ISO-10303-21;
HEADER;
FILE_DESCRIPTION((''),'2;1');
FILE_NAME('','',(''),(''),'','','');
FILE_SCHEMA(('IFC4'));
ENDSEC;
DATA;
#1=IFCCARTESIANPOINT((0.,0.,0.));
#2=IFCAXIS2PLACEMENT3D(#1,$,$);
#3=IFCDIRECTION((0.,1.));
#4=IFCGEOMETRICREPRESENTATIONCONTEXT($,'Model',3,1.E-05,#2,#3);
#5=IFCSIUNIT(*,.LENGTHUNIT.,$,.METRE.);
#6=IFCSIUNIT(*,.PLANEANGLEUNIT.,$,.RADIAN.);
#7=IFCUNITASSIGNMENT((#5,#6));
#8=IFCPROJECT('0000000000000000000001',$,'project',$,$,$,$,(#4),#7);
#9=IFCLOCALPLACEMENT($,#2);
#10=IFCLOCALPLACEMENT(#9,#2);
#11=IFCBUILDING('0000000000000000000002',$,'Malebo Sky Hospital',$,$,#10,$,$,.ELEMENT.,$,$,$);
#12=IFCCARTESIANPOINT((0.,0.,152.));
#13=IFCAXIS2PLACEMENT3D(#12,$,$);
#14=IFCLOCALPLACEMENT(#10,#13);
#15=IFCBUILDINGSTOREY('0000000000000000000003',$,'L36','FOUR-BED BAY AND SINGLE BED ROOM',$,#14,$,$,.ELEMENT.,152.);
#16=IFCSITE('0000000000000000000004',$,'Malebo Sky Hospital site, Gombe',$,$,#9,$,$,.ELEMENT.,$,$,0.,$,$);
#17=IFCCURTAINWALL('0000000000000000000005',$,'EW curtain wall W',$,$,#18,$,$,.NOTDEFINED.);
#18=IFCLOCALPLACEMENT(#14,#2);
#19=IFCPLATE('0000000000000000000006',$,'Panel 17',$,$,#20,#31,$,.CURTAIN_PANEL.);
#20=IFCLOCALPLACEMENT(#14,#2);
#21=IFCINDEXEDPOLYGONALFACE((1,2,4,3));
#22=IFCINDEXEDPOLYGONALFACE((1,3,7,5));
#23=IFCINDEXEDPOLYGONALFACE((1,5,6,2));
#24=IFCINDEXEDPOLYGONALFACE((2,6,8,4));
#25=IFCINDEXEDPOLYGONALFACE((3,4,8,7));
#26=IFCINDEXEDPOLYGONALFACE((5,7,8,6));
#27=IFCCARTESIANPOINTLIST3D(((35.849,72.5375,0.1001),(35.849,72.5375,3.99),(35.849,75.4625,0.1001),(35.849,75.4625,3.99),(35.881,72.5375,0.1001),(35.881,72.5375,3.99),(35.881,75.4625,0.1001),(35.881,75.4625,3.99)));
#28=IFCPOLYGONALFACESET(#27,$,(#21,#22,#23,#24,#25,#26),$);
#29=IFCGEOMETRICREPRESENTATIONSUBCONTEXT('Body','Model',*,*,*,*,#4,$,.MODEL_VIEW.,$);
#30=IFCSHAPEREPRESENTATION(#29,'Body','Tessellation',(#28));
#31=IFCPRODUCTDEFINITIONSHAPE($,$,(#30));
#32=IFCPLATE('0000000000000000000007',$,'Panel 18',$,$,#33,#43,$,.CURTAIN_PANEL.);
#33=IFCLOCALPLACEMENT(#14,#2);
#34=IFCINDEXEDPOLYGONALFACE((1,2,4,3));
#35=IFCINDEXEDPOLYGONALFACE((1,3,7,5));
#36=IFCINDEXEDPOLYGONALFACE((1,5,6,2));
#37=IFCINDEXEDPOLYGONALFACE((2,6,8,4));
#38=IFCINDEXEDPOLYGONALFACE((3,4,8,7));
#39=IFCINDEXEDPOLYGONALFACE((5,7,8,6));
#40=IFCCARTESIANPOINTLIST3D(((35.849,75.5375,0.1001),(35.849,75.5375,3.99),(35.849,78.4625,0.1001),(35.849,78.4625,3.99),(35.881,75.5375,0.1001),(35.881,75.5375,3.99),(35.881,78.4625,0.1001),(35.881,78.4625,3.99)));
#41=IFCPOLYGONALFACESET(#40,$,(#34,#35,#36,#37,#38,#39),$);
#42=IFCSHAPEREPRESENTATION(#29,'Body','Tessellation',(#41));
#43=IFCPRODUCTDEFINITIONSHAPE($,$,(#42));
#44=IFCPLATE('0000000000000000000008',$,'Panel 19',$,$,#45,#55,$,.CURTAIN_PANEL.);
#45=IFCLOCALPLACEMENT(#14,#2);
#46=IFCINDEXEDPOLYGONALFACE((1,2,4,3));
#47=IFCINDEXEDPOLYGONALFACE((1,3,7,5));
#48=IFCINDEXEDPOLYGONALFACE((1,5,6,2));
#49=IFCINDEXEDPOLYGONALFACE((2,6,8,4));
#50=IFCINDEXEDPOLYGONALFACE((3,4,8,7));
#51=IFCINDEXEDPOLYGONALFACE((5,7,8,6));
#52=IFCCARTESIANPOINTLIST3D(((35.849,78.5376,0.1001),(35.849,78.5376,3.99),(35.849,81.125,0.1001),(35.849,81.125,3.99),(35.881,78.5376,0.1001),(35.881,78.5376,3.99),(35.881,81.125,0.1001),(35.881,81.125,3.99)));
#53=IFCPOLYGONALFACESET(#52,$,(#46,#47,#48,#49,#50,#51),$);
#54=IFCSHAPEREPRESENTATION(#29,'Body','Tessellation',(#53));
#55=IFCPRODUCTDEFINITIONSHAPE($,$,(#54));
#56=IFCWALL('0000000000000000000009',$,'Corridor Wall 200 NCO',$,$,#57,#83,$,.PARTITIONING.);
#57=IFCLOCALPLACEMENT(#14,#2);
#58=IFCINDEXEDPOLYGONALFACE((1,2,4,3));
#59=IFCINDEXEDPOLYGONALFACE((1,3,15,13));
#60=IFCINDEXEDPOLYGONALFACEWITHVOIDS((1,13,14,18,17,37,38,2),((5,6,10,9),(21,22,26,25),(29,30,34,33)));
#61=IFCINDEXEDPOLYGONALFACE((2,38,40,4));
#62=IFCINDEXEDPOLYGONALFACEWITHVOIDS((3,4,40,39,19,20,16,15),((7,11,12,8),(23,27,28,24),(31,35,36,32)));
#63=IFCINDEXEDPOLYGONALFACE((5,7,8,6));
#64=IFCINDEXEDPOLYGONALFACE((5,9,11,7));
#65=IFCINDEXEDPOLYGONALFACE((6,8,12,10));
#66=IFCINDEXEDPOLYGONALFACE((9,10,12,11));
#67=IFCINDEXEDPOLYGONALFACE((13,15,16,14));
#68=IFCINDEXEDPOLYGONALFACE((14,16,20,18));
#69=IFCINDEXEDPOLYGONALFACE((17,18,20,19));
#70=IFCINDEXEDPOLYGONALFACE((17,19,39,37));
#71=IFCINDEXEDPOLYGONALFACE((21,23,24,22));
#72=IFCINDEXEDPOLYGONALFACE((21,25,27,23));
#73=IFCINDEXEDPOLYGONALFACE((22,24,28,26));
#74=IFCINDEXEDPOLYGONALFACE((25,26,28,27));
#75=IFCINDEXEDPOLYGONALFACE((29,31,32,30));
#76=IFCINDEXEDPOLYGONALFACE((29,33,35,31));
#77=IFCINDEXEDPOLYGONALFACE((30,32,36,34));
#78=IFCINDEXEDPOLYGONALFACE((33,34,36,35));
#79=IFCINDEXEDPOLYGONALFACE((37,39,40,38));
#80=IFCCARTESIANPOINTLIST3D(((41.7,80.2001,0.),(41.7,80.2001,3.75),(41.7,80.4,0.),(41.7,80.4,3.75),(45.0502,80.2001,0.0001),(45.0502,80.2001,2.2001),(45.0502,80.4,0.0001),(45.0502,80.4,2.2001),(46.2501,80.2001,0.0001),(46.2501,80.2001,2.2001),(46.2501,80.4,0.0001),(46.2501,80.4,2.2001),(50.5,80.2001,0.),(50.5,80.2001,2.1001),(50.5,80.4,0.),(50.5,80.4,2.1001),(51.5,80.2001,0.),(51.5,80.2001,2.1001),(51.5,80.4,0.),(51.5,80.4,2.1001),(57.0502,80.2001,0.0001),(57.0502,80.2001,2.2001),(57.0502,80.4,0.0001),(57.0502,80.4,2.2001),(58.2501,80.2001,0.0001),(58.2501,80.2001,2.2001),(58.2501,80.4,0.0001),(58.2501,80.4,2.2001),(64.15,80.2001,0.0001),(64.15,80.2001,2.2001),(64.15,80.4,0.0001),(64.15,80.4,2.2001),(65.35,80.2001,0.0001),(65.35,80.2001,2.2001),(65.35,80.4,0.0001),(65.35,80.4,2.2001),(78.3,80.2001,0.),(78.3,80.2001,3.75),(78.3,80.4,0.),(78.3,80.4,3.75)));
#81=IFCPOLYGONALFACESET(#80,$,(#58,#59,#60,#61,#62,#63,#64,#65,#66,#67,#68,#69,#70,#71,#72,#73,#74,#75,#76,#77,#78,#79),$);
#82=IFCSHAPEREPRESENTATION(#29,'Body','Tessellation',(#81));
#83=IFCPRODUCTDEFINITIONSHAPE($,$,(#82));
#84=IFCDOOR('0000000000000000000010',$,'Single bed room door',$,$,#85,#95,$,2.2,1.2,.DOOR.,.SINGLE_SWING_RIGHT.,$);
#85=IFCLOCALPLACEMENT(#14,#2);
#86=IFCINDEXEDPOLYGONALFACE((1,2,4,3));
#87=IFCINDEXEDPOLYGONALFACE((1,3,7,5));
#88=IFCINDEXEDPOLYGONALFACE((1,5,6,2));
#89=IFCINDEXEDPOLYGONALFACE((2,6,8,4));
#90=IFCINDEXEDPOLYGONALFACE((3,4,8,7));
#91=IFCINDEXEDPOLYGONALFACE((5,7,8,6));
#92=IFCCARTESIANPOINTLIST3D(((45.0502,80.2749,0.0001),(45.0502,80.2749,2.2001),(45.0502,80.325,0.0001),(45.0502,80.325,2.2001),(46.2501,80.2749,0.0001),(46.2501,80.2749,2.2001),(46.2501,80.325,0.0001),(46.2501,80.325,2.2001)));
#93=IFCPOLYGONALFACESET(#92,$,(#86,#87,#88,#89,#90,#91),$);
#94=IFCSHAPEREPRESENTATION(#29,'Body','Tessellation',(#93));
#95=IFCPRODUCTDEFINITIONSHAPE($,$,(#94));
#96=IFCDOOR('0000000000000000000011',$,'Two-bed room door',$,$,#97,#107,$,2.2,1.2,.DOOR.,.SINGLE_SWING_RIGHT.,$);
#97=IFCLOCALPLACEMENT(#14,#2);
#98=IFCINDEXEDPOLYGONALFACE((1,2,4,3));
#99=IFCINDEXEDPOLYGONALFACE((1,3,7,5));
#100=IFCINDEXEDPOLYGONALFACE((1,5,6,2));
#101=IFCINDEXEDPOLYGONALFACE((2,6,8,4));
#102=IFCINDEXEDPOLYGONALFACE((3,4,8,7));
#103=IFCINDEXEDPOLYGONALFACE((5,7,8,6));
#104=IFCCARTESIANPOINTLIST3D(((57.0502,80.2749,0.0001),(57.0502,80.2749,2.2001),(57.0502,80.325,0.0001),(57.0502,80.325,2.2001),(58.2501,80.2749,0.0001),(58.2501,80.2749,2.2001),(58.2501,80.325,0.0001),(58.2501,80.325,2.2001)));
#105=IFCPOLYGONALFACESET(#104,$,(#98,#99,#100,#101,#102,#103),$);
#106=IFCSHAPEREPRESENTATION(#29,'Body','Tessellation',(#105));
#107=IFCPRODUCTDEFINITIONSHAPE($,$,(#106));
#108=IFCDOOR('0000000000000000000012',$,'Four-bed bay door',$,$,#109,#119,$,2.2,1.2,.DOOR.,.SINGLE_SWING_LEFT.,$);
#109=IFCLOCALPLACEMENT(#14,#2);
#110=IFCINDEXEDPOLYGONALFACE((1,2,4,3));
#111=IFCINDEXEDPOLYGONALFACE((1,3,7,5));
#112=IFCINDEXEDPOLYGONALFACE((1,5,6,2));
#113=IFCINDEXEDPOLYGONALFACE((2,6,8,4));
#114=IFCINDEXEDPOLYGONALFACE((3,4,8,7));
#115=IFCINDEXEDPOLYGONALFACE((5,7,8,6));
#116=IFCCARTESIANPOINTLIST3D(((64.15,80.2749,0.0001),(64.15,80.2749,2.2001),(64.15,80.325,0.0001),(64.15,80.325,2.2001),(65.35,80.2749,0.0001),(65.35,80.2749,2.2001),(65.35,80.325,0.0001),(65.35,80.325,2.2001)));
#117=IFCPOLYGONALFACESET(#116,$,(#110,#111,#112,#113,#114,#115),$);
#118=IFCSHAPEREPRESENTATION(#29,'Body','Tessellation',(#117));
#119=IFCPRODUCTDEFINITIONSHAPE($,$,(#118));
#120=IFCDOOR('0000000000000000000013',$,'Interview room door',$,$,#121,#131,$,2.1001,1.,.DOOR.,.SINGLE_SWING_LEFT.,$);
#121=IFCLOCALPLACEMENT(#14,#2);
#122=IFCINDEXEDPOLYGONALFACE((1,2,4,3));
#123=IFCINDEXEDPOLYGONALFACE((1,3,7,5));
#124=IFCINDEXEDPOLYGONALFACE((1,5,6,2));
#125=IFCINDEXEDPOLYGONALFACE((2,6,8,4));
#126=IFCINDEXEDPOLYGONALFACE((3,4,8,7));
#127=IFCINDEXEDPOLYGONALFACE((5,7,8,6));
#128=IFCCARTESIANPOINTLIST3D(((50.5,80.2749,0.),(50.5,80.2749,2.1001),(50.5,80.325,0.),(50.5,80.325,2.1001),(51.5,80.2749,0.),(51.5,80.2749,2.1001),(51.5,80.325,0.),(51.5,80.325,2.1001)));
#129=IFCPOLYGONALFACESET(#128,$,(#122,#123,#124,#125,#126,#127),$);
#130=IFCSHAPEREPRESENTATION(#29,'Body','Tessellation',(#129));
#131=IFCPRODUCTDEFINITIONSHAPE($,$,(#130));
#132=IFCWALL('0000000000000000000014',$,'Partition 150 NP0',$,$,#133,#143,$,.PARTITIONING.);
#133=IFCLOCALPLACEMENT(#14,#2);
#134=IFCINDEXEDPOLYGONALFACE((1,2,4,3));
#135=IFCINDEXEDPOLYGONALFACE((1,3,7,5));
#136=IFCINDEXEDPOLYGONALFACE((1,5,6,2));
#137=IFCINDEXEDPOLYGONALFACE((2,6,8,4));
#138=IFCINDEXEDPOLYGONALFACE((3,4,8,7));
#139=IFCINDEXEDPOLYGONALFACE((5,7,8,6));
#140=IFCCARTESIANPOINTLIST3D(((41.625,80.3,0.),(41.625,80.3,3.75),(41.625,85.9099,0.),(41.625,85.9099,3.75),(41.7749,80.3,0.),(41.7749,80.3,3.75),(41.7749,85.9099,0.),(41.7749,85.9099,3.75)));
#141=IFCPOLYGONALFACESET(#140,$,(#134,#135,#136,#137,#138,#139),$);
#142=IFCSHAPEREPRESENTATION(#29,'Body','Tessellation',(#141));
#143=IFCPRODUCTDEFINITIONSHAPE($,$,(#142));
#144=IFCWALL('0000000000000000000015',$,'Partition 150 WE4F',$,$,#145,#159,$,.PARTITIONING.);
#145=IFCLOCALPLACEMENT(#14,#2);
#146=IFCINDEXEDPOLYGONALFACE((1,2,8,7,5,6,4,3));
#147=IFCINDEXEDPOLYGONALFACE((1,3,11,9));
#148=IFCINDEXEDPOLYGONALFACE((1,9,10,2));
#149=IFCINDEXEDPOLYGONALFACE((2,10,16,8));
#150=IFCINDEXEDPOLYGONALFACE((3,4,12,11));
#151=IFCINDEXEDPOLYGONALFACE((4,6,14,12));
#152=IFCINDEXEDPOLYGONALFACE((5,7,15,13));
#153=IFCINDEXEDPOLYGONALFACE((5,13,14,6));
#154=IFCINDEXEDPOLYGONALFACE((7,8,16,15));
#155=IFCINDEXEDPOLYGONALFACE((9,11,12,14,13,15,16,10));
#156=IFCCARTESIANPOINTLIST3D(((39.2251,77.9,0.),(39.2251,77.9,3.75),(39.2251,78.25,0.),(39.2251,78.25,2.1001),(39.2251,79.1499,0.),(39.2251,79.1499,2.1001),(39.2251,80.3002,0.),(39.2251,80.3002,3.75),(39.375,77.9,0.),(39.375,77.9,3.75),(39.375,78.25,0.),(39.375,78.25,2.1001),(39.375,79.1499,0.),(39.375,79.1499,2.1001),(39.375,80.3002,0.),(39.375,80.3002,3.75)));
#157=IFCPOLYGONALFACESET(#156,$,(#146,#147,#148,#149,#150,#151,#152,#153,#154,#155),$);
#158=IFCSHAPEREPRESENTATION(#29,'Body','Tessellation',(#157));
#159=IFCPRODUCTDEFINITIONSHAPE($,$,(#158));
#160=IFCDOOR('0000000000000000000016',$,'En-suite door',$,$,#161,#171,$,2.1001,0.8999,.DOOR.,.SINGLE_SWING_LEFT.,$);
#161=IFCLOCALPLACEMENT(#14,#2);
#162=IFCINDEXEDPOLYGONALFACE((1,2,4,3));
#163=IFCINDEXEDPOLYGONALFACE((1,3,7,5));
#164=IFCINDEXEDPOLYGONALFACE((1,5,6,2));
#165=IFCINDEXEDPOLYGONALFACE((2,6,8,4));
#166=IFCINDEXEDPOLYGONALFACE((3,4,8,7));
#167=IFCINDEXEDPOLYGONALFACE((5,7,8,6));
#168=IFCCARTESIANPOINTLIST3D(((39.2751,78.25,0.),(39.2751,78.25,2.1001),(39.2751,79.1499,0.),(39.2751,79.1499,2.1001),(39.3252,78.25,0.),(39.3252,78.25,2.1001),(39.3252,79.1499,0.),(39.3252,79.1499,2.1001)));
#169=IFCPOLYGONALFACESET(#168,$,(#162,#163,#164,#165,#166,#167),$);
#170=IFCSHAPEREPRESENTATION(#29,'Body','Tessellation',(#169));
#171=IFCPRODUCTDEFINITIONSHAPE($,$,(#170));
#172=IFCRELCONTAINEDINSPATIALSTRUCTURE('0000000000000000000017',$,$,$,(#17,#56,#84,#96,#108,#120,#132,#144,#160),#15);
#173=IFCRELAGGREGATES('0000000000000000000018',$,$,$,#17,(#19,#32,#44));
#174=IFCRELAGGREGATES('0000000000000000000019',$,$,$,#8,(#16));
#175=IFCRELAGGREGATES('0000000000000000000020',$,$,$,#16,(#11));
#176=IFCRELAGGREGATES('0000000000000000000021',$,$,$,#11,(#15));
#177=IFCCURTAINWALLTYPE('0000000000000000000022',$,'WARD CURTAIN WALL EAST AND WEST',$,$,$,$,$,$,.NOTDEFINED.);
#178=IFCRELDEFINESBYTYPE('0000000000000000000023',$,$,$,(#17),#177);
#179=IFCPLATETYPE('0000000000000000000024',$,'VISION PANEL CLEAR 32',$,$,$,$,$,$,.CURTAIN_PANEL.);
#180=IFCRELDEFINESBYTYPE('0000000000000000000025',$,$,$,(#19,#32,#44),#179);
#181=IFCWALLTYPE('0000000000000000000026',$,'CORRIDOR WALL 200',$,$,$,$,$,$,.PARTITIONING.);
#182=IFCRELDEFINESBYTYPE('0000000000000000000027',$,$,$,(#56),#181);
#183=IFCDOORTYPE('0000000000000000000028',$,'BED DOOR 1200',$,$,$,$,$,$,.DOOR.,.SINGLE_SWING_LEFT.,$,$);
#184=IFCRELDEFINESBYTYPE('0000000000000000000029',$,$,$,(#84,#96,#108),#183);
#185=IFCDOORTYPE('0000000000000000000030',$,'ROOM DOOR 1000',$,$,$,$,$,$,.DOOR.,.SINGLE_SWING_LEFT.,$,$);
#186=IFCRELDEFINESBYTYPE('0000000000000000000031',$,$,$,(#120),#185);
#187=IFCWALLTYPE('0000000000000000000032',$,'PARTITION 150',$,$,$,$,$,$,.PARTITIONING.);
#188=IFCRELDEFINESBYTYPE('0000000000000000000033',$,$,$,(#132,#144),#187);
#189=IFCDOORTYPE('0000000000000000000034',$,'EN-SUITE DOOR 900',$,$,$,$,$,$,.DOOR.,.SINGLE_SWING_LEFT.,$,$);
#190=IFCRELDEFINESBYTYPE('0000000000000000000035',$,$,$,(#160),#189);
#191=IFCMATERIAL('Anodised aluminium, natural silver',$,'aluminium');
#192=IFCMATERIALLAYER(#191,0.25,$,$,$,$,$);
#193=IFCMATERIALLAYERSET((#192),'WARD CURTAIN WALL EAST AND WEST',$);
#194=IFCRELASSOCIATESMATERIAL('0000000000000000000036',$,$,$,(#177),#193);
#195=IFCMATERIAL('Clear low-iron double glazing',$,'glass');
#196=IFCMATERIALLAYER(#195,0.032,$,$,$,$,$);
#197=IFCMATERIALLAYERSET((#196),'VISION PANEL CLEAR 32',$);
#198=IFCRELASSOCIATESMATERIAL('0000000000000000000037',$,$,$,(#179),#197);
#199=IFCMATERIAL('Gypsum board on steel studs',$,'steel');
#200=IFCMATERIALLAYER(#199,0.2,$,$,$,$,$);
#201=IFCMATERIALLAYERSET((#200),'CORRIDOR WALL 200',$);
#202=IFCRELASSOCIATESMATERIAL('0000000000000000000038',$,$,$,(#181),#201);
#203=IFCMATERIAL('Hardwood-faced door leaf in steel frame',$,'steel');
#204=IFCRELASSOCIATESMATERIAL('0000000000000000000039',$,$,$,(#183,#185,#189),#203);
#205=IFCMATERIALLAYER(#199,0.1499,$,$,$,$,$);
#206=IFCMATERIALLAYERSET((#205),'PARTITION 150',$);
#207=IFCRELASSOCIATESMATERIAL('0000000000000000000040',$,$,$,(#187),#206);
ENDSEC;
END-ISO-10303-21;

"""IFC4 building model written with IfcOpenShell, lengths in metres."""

from ifc_helpers import new_model, si_unit, direction, frame, frame_2d, origin, origin_2d, place, context, subcontext, project, spatial, rectangle, extrude, material, layer, layer_set, type_object, element, fill, aggregate, save


model = new_model("IFC4")

# Units and contexts
model_context = context("Model", 3, precision=1e-05, world=origin(), true_north=direction((0.0, 1.0)))
body_context = subcontext(model_context, "Body", "Model", "MODEL_VIEW")
ifc_project = project(units=[si_unit("LENGTHUNIT", "METRE"), si_unit("PLANEANGLEUNIT", "RADIAN")], contexts=[model_context])

# Site, building, storey
site_placement = place(None, origin())
site = spatial("IfcSite", under=ifc_project, at=site_placement, Name="Malebo Sky Hospital site, Gombe", CompositionType="ELEMENT", RefElevation=0.0)
building_placement = place(site_placement, origin())
building = spatial("IfcBuilding", under=site, at=building_placement, Name="Malebo Sky Hospital", CompositionType="ELEMENT")
storey_placement = place(building_placement, frame((0.0, 0.0, 152.0)))
storey = spatial("IfcBuildingStorey", under=building, at=storey_placement, Name="L36", Description="FOUR-BED BAY AND SINGLE BED ROOM", CompositionType="ELEMENT", Elevation=152.0)

# Curtain wall
ifc_material_1 = material(Name="Anodised aluminium, natural silver", Category="aluminium")
ifc_layer_1 = layer(ifc_material_1, 0.25)
ifc_layer_set_1 = layer_set([ifc_layer_1], Name="WARD CURTAIN WALL EAST AND WEST")
curtain_wall_type = type_object("IfcCurtainWallType", Name="WARD CURTAIN WALL EAST AND WEST", PredefinedType="NOTDEFINED", material=ifc_layer_set_1)
curtain_wall_placement = place(storey_placement, origin())
curtain_wall = element("IfcCurtainWall", 1, at=curtain_wall_placement, inside=storey, type_object=curtain_wall_type, Name="EW curtain wall W", PredefinedType="NOTDEFINED")

# Plates
ifc_material_2 = material(Name="Clear low-iron double glazing", Category="glass")
ifc_layer_2 = layer(ifc_material_2, 0.032)
ifc_layer_set_2 = layer_set([ifc_layer_2], Name="VISION PANEL CLEAR 32")
plate_type = type_object("IfcPlateType", Name="VISION PANEL CLEAR 32", PredefinedType="CURTAIN_PANEL", material=ifc_layer_set_2)
plate_1_placement = place(storey_placement, frame((35.865, 74.0, 0.1001), z_axis=(0.0, 0.0, 1.0), x_axis=(0.0, 1.0, 0.0)))
plate_1 = element("IfcPlate", 2, at=plate_1_placement, type_object=plate_type, Name="Panel 17", PredefinedType="CURTAIN_PANEL", context=body_context, shape_type="SweptSolid", body=[
    extrude(rectangle(XDim=2.925, YDim=0.032, at=origin_2d()), origin(), (0.0, 0.0, 1.0), 3.8899),
])
plate_2_placement = place(storey_placement, frame((35.865, 77.0, 0.1001), z_axis=(0.0, 0.0, 1.0), x_axis=(0.0, 1.0, 0.0)))
plate_2 = element("IfcPlate", 3, at=plate_2_placement, type_object=plate_type, Name="Panel 18", PredefinedType="CURTAIN_PANEL", context=body_context, shape_type="SweptSolid", body=[
    extrude(rectangle(XDim=2.925, YDim=0.032, at=origin_2d()), origin(), (0.0, 0.0, 1.0), 3.8899),
])
plate_3_placement = place(storey_placement, frame((35.865, 79.8313, 0.1001), z_axis=(0.0, 0.0, 1.0), x_axis=(0.0, 1.0, 0.0)))
plate_3 = element("IfcPlate", 4, at=plate_3_placement, type_object=plate_type, Name="Panel 19", PredefinedType="CURTAIN_PANEL", context=body_context, shape_type="SweptSolid", body=[
    extrude(rectangle(XDim=2.5874, YDim=0.032, at=origin_2d()), origin(), (0.0, 0.0, 1.0), 3.8899),
])
aggregate(curtain_wall, [plate_1, plate_2, plate_3])

# Wall, openings, doors
ifc_material_3 = material(Name="Gypsum board on steel studs", Category="steel")
ifc_layer_3 = layer(ifc_material_3, 0.2)
ifc_layer_set_3 = layer_set([ifc_layer_3], Name="CORRIDOR WALL 200")
wall_type_1 = type_object("IfcWallType", Name="CORRIDOR WALL 200", PredefinedType="PARTITIONING", material=ifc_layer_set_3)
wall_1_placement = place(storey_placement, frame((41.7, 80.3, 0.0), z_axis=(0.0, 0.0, 1.0), x_axis=(1.0, 0.0, 0.0)))
wall_1 = element("IfcWall", 5, at=wall_1_placement, inside=storey, type_object=wall_type_1, Name="Corridor Wall 200 NCO", PredefinedType="PARTITIONING", context=body_context, shape_type="SweptSolid", body=[
    extrude(rectangle(XDim=36.6001, YDim=0.2, at=frame_2d((18.3, 0.0))), origin(), (0.0, 0.0, 1.0), 3.75),
])
opening_1_placement = place(wall_1_placement, frame((3.3501, 0.0, 0.0)))
opening_1 = element("IfcOpeningElement", 6, at=opening_1_placement, cuts=wall_1, PredefinedType="OPENING", context=body_context, shape_type="SweptSolid", body=[
    extrude(rectangle(XDim=1.2, YDim=2.2, at=frame_2d((0.6001, 1.1001))), frame((0.0, 0.1099, 0.0), z_axis=(0.0, -1.0, 0.0), x_axis=(1.0, 0.0, 0.0)), (0.0, 0.0, 1.0), 0.22),
])
opening_2_placement = place(wall_1_placement, frame((8.8, 0.0, 0.0)))
opening_2 = element("IfcOpeningElement", 7, at=opening_2_placement, cuts=wall_1, PredefinedType="OPENING", context=body_context, shape_type="SweptSolid", body=[
    extrude(rectangle(XDim=1.0, YDim=2.1001, at=frame_2d((0.5, 1.05))), frame((0.0, 0.1099, 0.0), z_axis=(0.0, -1.0, 0.0), x_axis=(1.0, 0.0, 0.0)), (0.0, 0.0, 1.0), 0.22),
])
opening_3_placement = place(wall_1_placement, frame((15.3501, 0.0, 0.0)))
opening_3 = element("IfcOpeningElement", 8, at=opening_3_placement, cuts=wall_1, PredefinedType="OPENING", context=body_context, shape_type="SweptSolid", body=[
    extrude(rectangle(XDim=1.2, YDim=2.2, at=frame_2d((0.6001, 1.1001))), frame((0.0, 0.1099, 0.0), z_axis=(0.0, -1.0, 0.0), x_axis=(1.0, 0.0, 0.0)), (0.0, 0.0, 1.0), 0.22),
])
opening_4_placement = place(wall_1_placement, frame((22.45, 0.0, 0.0)))
opening_4 = element("IfcOpeningElement", 9, at=opening_4_placement, cuts=wall_1, PredefinedType="OPENING", context=body_context, shape_type="SweptSolid", body=[
    extrude(rectangle(XDim=1.2, YDim=2.2, at=frame_2d((0.6001, 1.1001))), frame((0.0, 0.1099, 0.0), z_axis=(0.0, -1.0, 0.0), x_axis=(1.0, 0.0, 0.0)), (0.0, 0.0, 1.0), 0.22),
])
ifc_material_4 = material(Name="Hardwood-faced door leaf in steel frame", Category="steel")
door_type_1 = type_object("IfcDoorType", Name="BED DOOR 1200", OperationType="SINGLE_SWING_LEFT", PredefinedType="DOOR", material=ifc_material_4)
door_1_placement = place(opening_1_placement, origin())
door_1 = element("IfcDoor", 10, at=door_1_placement, inside=storey, type_object=door_type_1, Name="Single bed room door", OperationType="SINGLE_SWING_RIGHT", OverallHeight=2.2, OverallWidth=1.2, PredefinedType="DOOR", context=body_context, shape_type="SweptSolid", body=[
    extrude(rectangle(XDim=1.2, YDim=2.2, at=frame_2d((0.6001, 1.1001))), frame((0.0, 0.0249, 0.0), z_axis=(0.0, -1.0, 0.0), x_axis=(1.0, 0.0, 0.0)), (0.0, 0.0, 1.0), 0.05),
])
fill(opening_1, door_1)
door_2_placement = place(opening_3_placement, origin())
door_2 = element("IfcDoor", 11, at=door_2_placement, inside=storey, type_object=door_type_1, Name="Two-bed room door", OperationType="SINGLE_SWING_RIGHT", OverallHeight=2.2, OverallWidth=1.2, PredefinedType="DOOR", context=body_context, shape_type="SweptSolid", body=[
    extrude(rectangle(XDim=1.2, YDim=2.2, at=frame_2d((0.6001, 1.1001))), frame((0.0, 0.0249, 0.0), z_axis=(0.0, -1.0, 0.0), x_axis=(1.0, 0.0, 0.0)), (0.0, 0.0, 1.0), 0.05),
])
fill(opening_3, door_2)
door_3_placement = place(opening_4_placement, origin())
door_3 = element("IfcDoor", 12, at=door_3_placement, inside=storey, type_object=door_type_1, Name="Four-bed bay door", OperationType="SINGLE_SWING_LEFT", OverallHeight=2.2, OverallWidth=1.2, PredefinedType="DOOR", context=body_context, shape_type="SweptSolid", body=[
    extrude(rectangle(XDim=1.2, YDim=2.2, at=frame_2d((0.6001, 1.1001))), frame((0.0, 0.0249, 0.0), z_axis=(0.0, -1.0, 0.0), x_axis=(1.0, 0.0, 0.0)), (0.0, 0.0, 1.0), 0.05),
])
fill(opening_4, door_3)
door_type_2 = type_object("IfcDoorType", Name="ROOM DOOR 1000", OperationType="SINGLE_SWING_LEFT", PredefinedType="DOOR", material=ifc_material_4)
door_4_placement = place(opening_2_placement, origin())
door_4 = element("IfcDoor", 13, at=door_4_placement, inside=storey, type_object=door_type_2, Name="Interview room door", OperationType="SINGLE_SWING_LEFT", OverallHeight=2.1001, OverallWidth=1.0, PredefinedType="DOOR", context=body_context, shape_type="SweptSolid", body=[
    extrude(rectangle(XDim=1.0, YDim=2.1001, at=frame_2d((0.5, 1.05))), frame((0.0, 0.0249, 0.0), z_axis=(0.0, -1.0, 0.0), x_axis=(1.0, 0.0, 0.0)), (0.0, 0.0, 1.0), 0.05),
])
fill(opening_2, door_4)

# Wall
ifc_layer_4 = layer(ifc_material_3, 0.1499)
ifc_layer_set_4 = layer_set([ifc_layer_4], Name="PARTITION 150")
wall_type_2 = type_object("IfcWallType", Name="PARTITION 150", PredefinedType="PARTITIONING", material=ifc_layer_set_4)
wall_2_placement = place(storey_placement, frame((41.7, 80.3, 0.0), z_axis=(0.0, 0.0, 1.0), x_axis=(0.0, 1.0, 0.0)))
element("IfcWall", 14, at=wall_2_placement, inside=storey, type_object=wall_type_2, Name="Partition 150 NP0", PredefinedType="PARTITIONING", context=body_context, shape_type="SweptSolid", body=[
    extrude(rectangle(XDim=5.6099, YDim=0.1499, at=frame_2d((2.8049, 0.0))), origin(), (0.0, 0.0, 1.0), 3.75),
])

# Wall, opening, door
wall_3_placement = place(storey_placement, frame((39.3, 77.8999, 0.0), z_axis=(0.0, 0.0, 1.0), x_axis=(0.0, 1.0, 0.0)))
wall_3 = element("IfcWall", 15, at=wall_3_placement, inside=storey, type_object=wall_type_2, Name="Partition 150 WE4F", PredefinedType="PARTITIONING", context=body_context, shape_type="SweptSolid", body=[
    extrude(rectangle(XDim=2.4001, YDim=0.1499, at=frame_2d((1.2002, 0.0))), origin(), (0.0, 0.0, 1.0), 3.75),
])
opening_5_placement = place(wall_3_placement, frame((0.3501, 0.0, 0.0)))
opening_5 = element("IfcOpeningElement", 16, at=opening_5_placement, cuts=wall_3, PredefinedType="OPENING", context=body_context, shape_type="SweptSolid", body=[
    extrude(rectangle(XDim=0.8999, YDim=2.1001, at=frame_2d((0.45, 1.05))), frame((0.0, 0.085, 0.0), z_axis=(0.0, -1.0, 0.0), x_axis=(1.0, 0.0, 0.0)), (0.0, 0.0, 1.0), 0.1699),
])
door_type_3 = type_object("IfcDoorType", Name="EN-SUITE DOOR 900", OperationType="SINGLE_SWING_LEFT", PredefinedType="DOOR", material=ifc_material_4)
door_5_placement = place(opening_5_placement, origin())
door_5 = element("IfcDoor", 17, at=door_5_placement, inside=storey, type_object=door_type_3, Name="En-suite door", OperationType="SINGLE_SWING_LEFT", OverallHeight=2.1001, OverallWidth=0.8999, PredefinedType="DOOR", context=body_context, shape_type="SweptSolid", body=[
    extrude(rectangle(XDim=0.8999, YDim=2.1001, at=frame_2d((0.45, 1.05))), frame((0.0, 0.0249, 0.0), z_axis=(0.0, -1.0, 0.0), x_axis=(1.0, 0.0, 0.0)), (0.0, 0.0, 1.0), 0.05),
])
fill(opening_5, door_5)

save(model, "model.ifc")
